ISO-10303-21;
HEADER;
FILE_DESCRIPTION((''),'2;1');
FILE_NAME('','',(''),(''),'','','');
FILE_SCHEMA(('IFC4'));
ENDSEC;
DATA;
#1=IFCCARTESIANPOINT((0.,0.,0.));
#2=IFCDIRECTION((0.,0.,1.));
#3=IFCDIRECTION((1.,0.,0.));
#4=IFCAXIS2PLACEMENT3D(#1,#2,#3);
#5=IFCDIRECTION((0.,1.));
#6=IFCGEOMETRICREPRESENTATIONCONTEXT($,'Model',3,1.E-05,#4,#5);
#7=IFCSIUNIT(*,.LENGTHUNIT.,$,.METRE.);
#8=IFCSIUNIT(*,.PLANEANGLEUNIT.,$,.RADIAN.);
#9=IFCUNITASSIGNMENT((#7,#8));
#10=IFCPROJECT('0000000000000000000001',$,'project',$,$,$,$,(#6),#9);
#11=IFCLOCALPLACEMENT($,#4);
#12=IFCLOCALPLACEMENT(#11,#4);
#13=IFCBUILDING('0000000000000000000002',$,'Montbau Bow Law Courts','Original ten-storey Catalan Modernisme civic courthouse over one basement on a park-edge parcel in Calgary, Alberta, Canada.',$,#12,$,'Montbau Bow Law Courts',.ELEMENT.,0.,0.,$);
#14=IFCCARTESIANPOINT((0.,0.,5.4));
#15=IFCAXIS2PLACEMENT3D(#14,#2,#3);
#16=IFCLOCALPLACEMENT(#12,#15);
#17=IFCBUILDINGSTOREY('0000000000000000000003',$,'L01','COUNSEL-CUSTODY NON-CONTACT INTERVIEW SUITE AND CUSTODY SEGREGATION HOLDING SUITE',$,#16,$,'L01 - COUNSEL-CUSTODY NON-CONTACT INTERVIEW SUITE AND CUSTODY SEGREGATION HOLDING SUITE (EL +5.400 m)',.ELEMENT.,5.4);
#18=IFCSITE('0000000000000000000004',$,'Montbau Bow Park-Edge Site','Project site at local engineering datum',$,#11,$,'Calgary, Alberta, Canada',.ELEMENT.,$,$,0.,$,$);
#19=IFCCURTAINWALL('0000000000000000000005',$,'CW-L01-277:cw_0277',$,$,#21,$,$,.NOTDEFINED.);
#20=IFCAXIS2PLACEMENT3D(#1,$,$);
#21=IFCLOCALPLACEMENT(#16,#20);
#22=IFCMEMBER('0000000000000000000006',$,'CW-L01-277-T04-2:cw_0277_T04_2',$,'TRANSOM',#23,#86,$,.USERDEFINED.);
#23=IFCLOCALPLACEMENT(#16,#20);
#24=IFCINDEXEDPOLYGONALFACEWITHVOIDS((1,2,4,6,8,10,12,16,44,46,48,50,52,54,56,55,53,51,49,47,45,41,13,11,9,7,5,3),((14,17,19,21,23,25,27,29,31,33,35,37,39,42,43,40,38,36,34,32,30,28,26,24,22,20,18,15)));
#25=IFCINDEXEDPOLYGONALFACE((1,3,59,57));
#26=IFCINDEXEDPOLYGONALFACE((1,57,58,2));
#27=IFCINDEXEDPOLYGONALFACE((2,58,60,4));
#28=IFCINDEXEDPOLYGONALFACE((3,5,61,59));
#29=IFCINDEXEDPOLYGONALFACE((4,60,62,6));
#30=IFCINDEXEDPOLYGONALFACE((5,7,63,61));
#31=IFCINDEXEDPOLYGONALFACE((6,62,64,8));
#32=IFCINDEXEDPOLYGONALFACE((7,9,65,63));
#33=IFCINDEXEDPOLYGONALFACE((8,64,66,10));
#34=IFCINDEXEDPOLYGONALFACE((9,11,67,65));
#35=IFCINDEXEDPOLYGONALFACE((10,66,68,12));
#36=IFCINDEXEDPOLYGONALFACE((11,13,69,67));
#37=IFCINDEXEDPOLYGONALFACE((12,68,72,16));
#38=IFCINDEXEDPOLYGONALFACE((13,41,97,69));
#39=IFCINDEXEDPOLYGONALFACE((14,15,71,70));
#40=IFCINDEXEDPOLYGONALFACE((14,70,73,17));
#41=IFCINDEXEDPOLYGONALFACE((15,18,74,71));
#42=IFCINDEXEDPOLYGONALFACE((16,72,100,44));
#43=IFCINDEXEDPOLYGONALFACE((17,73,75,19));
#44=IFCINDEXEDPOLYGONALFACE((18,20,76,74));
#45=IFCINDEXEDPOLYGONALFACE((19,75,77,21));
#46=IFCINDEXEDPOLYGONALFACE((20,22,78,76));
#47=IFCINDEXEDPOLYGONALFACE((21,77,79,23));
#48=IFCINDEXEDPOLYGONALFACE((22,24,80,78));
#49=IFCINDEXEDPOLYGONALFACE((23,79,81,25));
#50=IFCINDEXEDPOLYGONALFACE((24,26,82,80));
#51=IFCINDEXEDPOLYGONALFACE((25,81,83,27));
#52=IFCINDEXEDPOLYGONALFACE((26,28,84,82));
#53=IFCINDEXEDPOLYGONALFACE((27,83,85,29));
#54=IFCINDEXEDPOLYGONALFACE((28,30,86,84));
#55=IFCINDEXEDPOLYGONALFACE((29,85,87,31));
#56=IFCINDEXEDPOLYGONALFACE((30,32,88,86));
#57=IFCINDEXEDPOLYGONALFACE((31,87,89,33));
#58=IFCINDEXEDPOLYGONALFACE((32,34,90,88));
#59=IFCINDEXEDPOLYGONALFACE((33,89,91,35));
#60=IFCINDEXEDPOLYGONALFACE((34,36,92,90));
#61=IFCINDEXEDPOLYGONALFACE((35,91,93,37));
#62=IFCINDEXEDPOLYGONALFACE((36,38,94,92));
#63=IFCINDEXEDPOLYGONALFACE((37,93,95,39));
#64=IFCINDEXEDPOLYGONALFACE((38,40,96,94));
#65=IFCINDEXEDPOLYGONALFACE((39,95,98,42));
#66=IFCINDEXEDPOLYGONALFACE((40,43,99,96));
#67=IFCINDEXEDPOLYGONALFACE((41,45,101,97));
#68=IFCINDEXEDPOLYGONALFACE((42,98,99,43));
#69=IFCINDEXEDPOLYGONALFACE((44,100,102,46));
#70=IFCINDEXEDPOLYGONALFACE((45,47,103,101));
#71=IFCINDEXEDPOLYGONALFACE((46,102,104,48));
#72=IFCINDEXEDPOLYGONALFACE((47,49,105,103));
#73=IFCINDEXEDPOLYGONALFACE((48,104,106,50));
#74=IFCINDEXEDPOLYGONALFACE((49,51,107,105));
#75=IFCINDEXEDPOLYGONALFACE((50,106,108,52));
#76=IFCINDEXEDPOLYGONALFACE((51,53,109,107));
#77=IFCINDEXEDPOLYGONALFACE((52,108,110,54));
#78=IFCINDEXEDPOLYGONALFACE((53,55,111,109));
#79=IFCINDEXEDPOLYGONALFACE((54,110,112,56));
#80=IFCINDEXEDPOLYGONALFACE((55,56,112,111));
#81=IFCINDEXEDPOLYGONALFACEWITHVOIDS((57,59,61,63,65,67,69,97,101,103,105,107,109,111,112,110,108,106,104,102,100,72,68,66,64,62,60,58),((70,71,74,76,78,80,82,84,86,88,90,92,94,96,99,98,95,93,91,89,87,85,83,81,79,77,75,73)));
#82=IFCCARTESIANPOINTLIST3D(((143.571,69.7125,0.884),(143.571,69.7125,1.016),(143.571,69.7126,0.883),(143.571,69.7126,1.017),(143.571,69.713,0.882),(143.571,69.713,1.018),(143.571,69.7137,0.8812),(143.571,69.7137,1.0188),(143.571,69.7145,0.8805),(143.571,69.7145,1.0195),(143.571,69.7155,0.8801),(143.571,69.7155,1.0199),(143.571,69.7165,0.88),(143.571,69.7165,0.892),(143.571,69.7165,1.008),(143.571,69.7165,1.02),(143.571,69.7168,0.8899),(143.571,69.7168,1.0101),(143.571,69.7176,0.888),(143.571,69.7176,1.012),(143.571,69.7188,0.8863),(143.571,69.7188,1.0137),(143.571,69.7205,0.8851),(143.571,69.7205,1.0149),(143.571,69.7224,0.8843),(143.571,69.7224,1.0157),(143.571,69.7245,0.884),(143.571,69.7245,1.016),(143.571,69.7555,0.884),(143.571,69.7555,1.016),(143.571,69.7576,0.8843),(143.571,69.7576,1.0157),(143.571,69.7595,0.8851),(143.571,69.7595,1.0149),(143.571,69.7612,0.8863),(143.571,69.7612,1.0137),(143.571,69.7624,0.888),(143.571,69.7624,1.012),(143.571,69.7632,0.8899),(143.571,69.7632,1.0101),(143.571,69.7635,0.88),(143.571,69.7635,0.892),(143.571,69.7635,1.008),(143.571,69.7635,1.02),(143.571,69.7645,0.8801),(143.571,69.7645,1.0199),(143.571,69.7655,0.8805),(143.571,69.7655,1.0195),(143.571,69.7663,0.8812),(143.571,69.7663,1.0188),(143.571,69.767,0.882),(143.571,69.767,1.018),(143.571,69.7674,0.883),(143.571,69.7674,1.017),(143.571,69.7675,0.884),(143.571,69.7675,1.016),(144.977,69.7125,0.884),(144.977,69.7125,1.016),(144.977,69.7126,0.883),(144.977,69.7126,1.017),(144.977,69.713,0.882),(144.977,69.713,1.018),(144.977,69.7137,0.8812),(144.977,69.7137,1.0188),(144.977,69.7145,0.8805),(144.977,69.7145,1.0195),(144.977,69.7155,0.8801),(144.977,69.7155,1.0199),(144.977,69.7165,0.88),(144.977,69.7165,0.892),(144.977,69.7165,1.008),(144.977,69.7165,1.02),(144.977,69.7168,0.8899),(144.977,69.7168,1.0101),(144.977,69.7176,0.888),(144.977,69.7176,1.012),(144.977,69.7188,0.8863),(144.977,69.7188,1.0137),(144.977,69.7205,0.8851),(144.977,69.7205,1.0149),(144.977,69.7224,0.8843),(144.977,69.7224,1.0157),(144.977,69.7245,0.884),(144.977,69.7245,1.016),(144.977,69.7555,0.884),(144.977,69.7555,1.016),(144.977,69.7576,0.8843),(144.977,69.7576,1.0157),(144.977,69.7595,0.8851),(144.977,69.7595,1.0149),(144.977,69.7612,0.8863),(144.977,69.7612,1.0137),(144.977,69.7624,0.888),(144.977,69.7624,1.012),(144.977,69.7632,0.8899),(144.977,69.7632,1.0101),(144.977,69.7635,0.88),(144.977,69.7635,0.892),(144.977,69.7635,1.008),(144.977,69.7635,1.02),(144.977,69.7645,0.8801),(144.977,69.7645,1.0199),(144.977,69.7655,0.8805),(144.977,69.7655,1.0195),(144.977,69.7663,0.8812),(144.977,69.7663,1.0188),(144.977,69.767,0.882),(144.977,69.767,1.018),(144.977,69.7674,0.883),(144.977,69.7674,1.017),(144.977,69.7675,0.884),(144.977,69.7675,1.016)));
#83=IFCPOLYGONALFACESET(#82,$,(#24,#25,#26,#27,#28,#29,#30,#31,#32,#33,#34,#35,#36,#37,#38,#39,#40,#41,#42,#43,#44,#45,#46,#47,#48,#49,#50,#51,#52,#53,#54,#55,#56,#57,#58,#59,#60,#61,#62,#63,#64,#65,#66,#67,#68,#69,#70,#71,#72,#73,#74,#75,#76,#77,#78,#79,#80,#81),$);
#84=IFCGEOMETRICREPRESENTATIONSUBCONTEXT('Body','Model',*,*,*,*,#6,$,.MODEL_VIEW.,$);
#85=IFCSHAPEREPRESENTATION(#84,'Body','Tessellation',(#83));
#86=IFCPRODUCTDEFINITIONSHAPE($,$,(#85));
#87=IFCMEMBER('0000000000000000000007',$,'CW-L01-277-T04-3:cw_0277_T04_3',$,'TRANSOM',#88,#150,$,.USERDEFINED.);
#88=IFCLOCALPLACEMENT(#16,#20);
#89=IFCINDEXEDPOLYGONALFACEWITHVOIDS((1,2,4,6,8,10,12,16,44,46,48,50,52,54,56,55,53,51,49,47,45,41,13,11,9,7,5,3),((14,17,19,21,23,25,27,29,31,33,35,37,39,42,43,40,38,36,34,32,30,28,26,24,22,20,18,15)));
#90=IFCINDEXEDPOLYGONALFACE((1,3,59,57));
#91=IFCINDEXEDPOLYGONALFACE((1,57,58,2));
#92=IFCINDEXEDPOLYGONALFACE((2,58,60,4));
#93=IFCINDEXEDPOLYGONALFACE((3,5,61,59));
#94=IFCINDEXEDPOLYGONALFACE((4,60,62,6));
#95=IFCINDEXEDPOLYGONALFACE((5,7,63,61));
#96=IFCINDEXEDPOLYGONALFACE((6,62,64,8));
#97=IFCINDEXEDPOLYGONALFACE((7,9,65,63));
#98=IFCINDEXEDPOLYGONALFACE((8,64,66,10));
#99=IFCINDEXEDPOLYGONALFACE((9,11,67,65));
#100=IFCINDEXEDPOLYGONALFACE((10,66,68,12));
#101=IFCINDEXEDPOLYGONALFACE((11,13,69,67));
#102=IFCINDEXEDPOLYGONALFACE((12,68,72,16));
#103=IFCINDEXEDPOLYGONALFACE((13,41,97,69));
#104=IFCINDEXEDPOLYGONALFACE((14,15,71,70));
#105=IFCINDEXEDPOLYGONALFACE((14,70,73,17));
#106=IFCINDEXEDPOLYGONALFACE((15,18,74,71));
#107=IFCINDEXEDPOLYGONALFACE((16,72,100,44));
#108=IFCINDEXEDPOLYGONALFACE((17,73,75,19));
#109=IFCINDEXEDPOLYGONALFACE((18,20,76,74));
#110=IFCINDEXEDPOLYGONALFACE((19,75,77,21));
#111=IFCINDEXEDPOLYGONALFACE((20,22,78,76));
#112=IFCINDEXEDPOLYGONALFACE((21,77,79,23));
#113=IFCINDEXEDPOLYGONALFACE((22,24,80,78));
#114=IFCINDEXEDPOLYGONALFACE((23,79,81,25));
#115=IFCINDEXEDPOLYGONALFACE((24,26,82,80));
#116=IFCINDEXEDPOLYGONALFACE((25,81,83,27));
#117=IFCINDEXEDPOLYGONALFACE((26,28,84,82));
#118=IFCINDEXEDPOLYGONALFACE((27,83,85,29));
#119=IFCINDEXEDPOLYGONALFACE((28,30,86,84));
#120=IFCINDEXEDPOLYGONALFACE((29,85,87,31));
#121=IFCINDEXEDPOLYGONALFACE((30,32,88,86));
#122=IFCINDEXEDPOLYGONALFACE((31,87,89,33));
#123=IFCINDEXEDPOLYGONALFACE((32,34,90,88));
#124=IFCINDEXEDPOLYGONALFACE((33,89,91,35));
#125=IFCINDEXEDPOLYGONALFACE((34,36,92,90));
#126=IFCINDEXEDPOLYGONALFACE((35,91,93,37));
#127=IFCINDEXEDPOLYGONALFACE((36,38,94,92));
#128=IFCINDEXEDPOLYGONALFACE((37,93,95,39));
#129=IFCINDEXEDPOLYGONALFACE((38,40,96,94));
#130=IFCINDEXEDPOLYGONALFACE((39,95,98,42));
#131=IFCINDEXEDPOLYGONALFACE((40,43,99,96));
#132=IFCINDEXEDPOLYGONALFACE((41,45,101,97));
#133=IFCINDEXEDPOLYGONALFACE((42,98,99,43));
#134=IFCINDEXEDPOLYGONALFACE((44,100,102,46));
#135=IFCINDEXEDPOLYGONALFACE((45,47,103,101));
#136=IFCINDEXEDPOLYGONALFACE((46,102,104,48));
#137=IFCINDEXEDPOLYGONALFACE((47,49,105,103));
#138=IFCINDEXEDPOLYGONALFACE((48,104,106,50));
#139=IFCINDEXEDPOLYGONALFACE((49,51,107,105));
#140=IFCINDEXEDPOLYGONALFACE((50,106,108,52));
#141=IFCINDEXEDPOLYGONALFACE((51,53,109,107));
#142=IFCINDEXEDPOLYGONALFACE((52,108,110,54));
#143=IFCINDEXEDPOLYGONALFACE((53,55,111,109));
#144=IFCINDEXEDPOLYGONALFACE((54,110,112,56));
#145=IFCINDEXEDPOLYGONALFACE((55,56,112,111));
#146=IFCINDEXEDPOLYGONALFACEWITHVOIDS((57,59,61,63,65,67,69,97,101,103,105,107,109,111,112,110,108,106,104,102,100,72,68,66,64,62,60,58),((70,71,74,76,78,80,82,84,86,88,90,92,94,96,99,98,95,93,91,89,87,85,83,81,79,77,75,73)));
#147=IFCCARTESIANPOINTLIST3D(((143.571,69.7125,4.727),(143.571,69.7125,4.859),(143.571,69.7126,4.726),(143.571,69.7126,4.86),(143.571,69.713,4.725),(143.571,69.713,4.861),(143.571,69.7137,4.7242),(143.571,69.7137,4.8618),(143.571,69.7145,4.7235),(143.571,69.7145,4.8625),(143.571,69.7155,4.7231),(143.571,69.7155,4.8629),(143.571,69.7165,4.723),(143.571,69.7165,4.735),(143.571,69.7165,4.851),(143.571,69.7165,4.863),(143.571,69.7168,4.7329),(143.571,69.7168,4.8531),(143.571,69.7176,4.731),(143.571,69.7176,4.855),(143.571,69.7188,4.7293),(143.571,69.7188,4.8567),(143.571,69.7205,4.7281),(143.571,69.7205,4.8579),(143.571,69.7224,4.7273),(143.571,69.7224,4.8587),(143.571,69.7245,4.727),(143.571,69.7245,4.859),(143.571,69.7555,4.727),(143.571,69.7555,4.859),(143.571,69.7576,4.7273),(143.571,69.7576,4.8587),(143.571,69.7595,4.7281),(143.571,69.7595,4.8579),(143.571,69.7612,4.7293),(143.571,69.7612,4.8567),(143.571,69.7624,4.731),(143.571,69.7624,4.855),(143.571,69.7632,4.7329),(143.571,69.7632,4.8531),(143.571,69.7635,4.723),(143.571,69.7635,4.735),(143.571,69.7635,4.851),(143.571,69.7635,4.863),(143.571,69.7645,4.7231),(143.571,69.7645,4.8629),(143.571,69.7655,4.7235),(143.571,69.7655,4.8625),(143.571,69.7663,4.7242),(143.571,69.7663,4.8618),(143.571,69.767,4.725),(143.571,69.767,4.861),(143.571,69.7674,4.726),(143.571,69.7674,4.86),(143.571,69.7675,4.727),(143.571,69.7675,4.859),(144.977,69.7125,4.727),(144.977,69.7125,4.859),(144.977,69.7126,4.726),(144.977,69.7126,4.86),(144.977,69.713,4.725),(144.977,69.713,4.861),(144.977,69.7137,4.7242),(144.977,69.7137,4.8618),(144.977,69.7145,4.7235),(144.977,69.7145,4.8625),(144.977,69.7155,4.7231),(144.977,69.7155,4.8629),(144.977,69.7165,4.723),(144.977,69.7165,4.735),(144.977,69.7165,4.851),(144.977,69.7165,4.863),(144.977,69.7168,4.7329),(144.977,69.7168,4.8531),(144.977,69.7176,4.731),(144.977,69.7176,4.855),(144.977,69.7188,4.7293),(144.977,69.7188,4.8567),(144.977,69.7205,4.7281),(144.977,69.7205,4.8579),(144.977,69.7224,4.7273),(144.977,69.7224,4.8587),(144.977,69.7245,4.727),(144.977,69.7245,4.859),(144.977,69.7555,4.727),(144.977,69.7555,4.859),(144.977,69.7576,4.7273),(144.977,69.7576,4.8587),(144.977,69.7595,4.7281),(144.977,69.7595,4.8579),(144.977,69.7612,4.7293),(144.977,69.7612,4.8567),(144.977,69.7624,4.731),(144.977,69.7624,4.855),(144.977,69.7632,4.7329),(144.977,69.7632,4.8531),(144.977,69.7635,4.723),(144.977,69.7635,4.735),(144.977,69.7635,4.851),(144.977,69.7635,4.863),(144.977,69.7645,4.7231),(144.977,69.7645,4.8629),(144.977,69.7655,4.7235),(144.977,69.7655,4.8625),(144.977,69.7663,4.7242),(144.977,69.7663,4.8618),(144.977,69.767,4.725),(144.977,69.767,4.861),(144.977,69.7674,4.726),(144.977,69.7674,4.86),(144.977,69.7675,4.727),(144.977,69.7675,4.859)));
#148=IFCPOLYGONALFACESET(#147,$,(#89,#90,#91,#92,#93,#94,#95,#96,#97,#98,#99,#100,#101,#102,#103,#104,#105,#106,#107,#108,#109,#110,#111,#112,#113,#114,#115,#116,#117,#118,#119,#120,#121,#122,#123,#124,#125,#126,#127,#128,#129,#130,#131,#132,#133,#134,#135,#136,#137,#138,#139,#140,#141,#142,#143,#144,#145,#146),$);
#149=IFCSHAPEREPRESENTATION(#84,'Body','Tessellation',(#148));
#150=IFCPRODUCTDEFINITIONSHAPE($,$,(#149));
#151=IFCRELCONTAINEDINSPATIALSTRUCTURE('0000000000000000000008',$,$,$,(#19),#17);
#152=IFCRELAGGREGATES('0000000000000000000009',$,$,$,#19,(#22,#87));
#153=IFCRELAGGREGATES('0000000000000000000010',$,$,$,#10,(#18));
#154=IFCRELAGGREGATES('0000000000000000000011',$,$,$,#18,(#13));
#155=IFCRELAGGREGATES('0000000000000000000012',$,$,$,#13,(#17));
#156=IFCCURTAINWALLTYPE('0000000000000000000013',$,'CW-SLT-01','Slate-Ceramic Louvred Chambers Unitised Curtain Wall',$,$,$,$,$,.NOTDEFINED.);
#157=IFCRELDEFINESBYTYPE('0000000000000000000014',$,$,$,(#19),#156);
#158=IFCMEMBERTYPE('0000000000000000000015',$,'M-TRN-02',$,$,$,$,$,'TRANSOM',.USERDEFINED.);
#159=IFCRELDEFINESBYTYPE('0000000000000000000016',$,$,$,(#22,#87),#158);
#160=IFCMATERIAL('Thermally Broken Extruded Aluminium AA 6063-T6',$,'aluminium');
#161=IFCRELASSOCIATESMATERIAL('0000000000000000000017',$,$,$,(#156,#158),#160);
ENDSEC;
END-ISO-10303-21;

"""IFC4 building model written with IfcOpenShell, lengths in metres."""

from ifc_helpers import new_model, si_unit, direction, frame, origin_with_axes, origin_2d_with_axis, place, context, subcontext, project, spatial, hollow_rectangle, extrude, material, material_profile, profile_set, type_object, element, aggregate, save


model = new_model("IFC4")

# Units and contexts
model_context = context("Model", 3, precision=1e-05, world=origin_with_axes(), true_north=direction((0.0, 1.0)))
body_context = subcontext(model_context, "Body", "Model", "MODEL_VIEW")
ifc_project = project(units=[si_unit("LENGTHUNIT", "METRE"), si_unit("PLANEANGLEUNIT", "RADIAN")], contexts=[model_context])

# Site, building, storey
site_placement = place(None, origin_with_axes())
site = spatial("IfcSite", under=ifc_project, at=site_placement, Name="Montbau Bow Park-Edge Site", Description="Project site at local engineering datum", LongName="Calgary, Alberta, Canada", CompositionType="ELEMENT", RefElevation=0.0)
building_placement = place(site_placement, origin_with_axes())
building = spatial("IfcBuilding", under=site, at=building_placement, Name="Montbau Bow Law Courts", Description="Original ten-storey Catalan Modernisme civic courthouse over one basement on a park-edge parcel in Calgary, Alberta, Canada.", LongName="Montbau Bow Law Courts", CompositionType="ELEMENT", ElevationOfRefHeight=0.0, ElevationOfTerrain=0.0)
storey_placement = place(building_placement, frame((0.0, 0.0, 5.4), z_axis=(0.0, 0.0, 1.0), x_axis=(1.0, 0.0, 0.0)))
storey = spatial("IfcBuildingStorey", under=building, at=storey_placement, Name="L01", Description="COUNSEL-CUSTODY NON-CONTACT INTERVIEW SUITE AND CUSTODY SEGREGATION HOLDING SUITE", LongName="L01 - COUNSEL-CUSTODY NON-CONTACT INTERVIEW SUITE AND CUSTODY SEGREGATION HOLDING SUITE (EL +5.400 m)", CompositionType="ELEMENT", Elevation=5.4)

# Curtain wall
ifc_material_1 = material(Name="Thermally Broken Extruded Aluminium AA 6063-T6", Category="aluminium")
curtain_wall_type = type_object("IfcCurtainWallType", Name="CW-SLT-01", Description="Slate-Ceramic Louvred Chambers Unitised Curtain Wall", PredefinedType="NOTDEFINED", material=ifc_material_1)
curtain_wall_1_placement = place(None, frame((139.115, 69.74, 5.4), z_axis=(0.0, 0.0, 1.0), x_axis=(1.0, 0.0, 0.0)))
curtain_wall_1 = element("IfcCurtainWall", 1, at=curtain_wall_1_placement, inside=storey, type_object=curtain_wall_type, Name="CW-L01-277:cw_0277", PredefinedType="NOTDEFINED")

# Members
ifc_material_profile_1 = material_profile(ifc_material_1, hollow_rectangle(XDim=0.055, YDim=0.14, WallThickness=0.004, InnerFilletRadius=0.008, OuterFilletRadius=0.004, at=origin_2d_with_axis()), Name="CWT-140X55", Category="Main", Priority=0)
ifc_profile_set_1 = profile_set([ifc_material_profile_1], Name="Thermally Broken Extruded Aluminium AA 6063-T6")
member_type_1 = type_object("IfcMemberType", Name="M-TRN-02", ElementType="TRANSOM", PredefinedType="USERDEFINED", material=ifc_profile_set_1)
member_1_placement = place(None, frame((143.571, 69.74, 6.35), z_axis=(1.0, 0.0, 0.0), x_axis=(0.0, 1.0, 0.0)))
member_1 = element("IfcMember", 2, at=member_1_placement, type_object=member_type_1, Name="CW-L01-277-T04-2:cw_0277_T04_2", ObjectType="TRANSOM", PredefinedType="USERDEFINED", context=body_context, shape_type="SweptSolid", body=[
    extrude(hollow_rectangle(XDim=0.055, YDim=0.14, WallThickness=0.004, InnerFilletRadius=0.008, OuterFilletRadius=0.004, at=origin_2d_with_axis()), origin_with_axes(), (0.0, 0.0, 1.0), 1.406),
])
member_2_placement = place(None, frame((143.571, 69.74, 10.193), z_axis=(1.0, 0.0, 0.0), x_axis=(0.0, 1.0, 0.0)))
member_2 = element("IfcMember", 3, at=member_2_placement, type_object=member_type_1, Name="CW-L01-277-T04-3:cw_0277_T04_3", ObjectType="TRANSOM", PredefinedType="USERDEFINED", context=body_context, shape_type="SweptSolid", body=[
    extrude(hollow_rectangle(XDim=0.055, YDim=0.14, WallThickness=0.004, InnerFilletRadius=0.008, OuterFilletRadius=0.004, at=origin_2d_with_axis()), origin_with_axes(), (0.0, 0.0, 1.0), 1.406),
])

aggregate(curtain_wall_1, [member_1, member_2])

save(model, "model.ifc")
